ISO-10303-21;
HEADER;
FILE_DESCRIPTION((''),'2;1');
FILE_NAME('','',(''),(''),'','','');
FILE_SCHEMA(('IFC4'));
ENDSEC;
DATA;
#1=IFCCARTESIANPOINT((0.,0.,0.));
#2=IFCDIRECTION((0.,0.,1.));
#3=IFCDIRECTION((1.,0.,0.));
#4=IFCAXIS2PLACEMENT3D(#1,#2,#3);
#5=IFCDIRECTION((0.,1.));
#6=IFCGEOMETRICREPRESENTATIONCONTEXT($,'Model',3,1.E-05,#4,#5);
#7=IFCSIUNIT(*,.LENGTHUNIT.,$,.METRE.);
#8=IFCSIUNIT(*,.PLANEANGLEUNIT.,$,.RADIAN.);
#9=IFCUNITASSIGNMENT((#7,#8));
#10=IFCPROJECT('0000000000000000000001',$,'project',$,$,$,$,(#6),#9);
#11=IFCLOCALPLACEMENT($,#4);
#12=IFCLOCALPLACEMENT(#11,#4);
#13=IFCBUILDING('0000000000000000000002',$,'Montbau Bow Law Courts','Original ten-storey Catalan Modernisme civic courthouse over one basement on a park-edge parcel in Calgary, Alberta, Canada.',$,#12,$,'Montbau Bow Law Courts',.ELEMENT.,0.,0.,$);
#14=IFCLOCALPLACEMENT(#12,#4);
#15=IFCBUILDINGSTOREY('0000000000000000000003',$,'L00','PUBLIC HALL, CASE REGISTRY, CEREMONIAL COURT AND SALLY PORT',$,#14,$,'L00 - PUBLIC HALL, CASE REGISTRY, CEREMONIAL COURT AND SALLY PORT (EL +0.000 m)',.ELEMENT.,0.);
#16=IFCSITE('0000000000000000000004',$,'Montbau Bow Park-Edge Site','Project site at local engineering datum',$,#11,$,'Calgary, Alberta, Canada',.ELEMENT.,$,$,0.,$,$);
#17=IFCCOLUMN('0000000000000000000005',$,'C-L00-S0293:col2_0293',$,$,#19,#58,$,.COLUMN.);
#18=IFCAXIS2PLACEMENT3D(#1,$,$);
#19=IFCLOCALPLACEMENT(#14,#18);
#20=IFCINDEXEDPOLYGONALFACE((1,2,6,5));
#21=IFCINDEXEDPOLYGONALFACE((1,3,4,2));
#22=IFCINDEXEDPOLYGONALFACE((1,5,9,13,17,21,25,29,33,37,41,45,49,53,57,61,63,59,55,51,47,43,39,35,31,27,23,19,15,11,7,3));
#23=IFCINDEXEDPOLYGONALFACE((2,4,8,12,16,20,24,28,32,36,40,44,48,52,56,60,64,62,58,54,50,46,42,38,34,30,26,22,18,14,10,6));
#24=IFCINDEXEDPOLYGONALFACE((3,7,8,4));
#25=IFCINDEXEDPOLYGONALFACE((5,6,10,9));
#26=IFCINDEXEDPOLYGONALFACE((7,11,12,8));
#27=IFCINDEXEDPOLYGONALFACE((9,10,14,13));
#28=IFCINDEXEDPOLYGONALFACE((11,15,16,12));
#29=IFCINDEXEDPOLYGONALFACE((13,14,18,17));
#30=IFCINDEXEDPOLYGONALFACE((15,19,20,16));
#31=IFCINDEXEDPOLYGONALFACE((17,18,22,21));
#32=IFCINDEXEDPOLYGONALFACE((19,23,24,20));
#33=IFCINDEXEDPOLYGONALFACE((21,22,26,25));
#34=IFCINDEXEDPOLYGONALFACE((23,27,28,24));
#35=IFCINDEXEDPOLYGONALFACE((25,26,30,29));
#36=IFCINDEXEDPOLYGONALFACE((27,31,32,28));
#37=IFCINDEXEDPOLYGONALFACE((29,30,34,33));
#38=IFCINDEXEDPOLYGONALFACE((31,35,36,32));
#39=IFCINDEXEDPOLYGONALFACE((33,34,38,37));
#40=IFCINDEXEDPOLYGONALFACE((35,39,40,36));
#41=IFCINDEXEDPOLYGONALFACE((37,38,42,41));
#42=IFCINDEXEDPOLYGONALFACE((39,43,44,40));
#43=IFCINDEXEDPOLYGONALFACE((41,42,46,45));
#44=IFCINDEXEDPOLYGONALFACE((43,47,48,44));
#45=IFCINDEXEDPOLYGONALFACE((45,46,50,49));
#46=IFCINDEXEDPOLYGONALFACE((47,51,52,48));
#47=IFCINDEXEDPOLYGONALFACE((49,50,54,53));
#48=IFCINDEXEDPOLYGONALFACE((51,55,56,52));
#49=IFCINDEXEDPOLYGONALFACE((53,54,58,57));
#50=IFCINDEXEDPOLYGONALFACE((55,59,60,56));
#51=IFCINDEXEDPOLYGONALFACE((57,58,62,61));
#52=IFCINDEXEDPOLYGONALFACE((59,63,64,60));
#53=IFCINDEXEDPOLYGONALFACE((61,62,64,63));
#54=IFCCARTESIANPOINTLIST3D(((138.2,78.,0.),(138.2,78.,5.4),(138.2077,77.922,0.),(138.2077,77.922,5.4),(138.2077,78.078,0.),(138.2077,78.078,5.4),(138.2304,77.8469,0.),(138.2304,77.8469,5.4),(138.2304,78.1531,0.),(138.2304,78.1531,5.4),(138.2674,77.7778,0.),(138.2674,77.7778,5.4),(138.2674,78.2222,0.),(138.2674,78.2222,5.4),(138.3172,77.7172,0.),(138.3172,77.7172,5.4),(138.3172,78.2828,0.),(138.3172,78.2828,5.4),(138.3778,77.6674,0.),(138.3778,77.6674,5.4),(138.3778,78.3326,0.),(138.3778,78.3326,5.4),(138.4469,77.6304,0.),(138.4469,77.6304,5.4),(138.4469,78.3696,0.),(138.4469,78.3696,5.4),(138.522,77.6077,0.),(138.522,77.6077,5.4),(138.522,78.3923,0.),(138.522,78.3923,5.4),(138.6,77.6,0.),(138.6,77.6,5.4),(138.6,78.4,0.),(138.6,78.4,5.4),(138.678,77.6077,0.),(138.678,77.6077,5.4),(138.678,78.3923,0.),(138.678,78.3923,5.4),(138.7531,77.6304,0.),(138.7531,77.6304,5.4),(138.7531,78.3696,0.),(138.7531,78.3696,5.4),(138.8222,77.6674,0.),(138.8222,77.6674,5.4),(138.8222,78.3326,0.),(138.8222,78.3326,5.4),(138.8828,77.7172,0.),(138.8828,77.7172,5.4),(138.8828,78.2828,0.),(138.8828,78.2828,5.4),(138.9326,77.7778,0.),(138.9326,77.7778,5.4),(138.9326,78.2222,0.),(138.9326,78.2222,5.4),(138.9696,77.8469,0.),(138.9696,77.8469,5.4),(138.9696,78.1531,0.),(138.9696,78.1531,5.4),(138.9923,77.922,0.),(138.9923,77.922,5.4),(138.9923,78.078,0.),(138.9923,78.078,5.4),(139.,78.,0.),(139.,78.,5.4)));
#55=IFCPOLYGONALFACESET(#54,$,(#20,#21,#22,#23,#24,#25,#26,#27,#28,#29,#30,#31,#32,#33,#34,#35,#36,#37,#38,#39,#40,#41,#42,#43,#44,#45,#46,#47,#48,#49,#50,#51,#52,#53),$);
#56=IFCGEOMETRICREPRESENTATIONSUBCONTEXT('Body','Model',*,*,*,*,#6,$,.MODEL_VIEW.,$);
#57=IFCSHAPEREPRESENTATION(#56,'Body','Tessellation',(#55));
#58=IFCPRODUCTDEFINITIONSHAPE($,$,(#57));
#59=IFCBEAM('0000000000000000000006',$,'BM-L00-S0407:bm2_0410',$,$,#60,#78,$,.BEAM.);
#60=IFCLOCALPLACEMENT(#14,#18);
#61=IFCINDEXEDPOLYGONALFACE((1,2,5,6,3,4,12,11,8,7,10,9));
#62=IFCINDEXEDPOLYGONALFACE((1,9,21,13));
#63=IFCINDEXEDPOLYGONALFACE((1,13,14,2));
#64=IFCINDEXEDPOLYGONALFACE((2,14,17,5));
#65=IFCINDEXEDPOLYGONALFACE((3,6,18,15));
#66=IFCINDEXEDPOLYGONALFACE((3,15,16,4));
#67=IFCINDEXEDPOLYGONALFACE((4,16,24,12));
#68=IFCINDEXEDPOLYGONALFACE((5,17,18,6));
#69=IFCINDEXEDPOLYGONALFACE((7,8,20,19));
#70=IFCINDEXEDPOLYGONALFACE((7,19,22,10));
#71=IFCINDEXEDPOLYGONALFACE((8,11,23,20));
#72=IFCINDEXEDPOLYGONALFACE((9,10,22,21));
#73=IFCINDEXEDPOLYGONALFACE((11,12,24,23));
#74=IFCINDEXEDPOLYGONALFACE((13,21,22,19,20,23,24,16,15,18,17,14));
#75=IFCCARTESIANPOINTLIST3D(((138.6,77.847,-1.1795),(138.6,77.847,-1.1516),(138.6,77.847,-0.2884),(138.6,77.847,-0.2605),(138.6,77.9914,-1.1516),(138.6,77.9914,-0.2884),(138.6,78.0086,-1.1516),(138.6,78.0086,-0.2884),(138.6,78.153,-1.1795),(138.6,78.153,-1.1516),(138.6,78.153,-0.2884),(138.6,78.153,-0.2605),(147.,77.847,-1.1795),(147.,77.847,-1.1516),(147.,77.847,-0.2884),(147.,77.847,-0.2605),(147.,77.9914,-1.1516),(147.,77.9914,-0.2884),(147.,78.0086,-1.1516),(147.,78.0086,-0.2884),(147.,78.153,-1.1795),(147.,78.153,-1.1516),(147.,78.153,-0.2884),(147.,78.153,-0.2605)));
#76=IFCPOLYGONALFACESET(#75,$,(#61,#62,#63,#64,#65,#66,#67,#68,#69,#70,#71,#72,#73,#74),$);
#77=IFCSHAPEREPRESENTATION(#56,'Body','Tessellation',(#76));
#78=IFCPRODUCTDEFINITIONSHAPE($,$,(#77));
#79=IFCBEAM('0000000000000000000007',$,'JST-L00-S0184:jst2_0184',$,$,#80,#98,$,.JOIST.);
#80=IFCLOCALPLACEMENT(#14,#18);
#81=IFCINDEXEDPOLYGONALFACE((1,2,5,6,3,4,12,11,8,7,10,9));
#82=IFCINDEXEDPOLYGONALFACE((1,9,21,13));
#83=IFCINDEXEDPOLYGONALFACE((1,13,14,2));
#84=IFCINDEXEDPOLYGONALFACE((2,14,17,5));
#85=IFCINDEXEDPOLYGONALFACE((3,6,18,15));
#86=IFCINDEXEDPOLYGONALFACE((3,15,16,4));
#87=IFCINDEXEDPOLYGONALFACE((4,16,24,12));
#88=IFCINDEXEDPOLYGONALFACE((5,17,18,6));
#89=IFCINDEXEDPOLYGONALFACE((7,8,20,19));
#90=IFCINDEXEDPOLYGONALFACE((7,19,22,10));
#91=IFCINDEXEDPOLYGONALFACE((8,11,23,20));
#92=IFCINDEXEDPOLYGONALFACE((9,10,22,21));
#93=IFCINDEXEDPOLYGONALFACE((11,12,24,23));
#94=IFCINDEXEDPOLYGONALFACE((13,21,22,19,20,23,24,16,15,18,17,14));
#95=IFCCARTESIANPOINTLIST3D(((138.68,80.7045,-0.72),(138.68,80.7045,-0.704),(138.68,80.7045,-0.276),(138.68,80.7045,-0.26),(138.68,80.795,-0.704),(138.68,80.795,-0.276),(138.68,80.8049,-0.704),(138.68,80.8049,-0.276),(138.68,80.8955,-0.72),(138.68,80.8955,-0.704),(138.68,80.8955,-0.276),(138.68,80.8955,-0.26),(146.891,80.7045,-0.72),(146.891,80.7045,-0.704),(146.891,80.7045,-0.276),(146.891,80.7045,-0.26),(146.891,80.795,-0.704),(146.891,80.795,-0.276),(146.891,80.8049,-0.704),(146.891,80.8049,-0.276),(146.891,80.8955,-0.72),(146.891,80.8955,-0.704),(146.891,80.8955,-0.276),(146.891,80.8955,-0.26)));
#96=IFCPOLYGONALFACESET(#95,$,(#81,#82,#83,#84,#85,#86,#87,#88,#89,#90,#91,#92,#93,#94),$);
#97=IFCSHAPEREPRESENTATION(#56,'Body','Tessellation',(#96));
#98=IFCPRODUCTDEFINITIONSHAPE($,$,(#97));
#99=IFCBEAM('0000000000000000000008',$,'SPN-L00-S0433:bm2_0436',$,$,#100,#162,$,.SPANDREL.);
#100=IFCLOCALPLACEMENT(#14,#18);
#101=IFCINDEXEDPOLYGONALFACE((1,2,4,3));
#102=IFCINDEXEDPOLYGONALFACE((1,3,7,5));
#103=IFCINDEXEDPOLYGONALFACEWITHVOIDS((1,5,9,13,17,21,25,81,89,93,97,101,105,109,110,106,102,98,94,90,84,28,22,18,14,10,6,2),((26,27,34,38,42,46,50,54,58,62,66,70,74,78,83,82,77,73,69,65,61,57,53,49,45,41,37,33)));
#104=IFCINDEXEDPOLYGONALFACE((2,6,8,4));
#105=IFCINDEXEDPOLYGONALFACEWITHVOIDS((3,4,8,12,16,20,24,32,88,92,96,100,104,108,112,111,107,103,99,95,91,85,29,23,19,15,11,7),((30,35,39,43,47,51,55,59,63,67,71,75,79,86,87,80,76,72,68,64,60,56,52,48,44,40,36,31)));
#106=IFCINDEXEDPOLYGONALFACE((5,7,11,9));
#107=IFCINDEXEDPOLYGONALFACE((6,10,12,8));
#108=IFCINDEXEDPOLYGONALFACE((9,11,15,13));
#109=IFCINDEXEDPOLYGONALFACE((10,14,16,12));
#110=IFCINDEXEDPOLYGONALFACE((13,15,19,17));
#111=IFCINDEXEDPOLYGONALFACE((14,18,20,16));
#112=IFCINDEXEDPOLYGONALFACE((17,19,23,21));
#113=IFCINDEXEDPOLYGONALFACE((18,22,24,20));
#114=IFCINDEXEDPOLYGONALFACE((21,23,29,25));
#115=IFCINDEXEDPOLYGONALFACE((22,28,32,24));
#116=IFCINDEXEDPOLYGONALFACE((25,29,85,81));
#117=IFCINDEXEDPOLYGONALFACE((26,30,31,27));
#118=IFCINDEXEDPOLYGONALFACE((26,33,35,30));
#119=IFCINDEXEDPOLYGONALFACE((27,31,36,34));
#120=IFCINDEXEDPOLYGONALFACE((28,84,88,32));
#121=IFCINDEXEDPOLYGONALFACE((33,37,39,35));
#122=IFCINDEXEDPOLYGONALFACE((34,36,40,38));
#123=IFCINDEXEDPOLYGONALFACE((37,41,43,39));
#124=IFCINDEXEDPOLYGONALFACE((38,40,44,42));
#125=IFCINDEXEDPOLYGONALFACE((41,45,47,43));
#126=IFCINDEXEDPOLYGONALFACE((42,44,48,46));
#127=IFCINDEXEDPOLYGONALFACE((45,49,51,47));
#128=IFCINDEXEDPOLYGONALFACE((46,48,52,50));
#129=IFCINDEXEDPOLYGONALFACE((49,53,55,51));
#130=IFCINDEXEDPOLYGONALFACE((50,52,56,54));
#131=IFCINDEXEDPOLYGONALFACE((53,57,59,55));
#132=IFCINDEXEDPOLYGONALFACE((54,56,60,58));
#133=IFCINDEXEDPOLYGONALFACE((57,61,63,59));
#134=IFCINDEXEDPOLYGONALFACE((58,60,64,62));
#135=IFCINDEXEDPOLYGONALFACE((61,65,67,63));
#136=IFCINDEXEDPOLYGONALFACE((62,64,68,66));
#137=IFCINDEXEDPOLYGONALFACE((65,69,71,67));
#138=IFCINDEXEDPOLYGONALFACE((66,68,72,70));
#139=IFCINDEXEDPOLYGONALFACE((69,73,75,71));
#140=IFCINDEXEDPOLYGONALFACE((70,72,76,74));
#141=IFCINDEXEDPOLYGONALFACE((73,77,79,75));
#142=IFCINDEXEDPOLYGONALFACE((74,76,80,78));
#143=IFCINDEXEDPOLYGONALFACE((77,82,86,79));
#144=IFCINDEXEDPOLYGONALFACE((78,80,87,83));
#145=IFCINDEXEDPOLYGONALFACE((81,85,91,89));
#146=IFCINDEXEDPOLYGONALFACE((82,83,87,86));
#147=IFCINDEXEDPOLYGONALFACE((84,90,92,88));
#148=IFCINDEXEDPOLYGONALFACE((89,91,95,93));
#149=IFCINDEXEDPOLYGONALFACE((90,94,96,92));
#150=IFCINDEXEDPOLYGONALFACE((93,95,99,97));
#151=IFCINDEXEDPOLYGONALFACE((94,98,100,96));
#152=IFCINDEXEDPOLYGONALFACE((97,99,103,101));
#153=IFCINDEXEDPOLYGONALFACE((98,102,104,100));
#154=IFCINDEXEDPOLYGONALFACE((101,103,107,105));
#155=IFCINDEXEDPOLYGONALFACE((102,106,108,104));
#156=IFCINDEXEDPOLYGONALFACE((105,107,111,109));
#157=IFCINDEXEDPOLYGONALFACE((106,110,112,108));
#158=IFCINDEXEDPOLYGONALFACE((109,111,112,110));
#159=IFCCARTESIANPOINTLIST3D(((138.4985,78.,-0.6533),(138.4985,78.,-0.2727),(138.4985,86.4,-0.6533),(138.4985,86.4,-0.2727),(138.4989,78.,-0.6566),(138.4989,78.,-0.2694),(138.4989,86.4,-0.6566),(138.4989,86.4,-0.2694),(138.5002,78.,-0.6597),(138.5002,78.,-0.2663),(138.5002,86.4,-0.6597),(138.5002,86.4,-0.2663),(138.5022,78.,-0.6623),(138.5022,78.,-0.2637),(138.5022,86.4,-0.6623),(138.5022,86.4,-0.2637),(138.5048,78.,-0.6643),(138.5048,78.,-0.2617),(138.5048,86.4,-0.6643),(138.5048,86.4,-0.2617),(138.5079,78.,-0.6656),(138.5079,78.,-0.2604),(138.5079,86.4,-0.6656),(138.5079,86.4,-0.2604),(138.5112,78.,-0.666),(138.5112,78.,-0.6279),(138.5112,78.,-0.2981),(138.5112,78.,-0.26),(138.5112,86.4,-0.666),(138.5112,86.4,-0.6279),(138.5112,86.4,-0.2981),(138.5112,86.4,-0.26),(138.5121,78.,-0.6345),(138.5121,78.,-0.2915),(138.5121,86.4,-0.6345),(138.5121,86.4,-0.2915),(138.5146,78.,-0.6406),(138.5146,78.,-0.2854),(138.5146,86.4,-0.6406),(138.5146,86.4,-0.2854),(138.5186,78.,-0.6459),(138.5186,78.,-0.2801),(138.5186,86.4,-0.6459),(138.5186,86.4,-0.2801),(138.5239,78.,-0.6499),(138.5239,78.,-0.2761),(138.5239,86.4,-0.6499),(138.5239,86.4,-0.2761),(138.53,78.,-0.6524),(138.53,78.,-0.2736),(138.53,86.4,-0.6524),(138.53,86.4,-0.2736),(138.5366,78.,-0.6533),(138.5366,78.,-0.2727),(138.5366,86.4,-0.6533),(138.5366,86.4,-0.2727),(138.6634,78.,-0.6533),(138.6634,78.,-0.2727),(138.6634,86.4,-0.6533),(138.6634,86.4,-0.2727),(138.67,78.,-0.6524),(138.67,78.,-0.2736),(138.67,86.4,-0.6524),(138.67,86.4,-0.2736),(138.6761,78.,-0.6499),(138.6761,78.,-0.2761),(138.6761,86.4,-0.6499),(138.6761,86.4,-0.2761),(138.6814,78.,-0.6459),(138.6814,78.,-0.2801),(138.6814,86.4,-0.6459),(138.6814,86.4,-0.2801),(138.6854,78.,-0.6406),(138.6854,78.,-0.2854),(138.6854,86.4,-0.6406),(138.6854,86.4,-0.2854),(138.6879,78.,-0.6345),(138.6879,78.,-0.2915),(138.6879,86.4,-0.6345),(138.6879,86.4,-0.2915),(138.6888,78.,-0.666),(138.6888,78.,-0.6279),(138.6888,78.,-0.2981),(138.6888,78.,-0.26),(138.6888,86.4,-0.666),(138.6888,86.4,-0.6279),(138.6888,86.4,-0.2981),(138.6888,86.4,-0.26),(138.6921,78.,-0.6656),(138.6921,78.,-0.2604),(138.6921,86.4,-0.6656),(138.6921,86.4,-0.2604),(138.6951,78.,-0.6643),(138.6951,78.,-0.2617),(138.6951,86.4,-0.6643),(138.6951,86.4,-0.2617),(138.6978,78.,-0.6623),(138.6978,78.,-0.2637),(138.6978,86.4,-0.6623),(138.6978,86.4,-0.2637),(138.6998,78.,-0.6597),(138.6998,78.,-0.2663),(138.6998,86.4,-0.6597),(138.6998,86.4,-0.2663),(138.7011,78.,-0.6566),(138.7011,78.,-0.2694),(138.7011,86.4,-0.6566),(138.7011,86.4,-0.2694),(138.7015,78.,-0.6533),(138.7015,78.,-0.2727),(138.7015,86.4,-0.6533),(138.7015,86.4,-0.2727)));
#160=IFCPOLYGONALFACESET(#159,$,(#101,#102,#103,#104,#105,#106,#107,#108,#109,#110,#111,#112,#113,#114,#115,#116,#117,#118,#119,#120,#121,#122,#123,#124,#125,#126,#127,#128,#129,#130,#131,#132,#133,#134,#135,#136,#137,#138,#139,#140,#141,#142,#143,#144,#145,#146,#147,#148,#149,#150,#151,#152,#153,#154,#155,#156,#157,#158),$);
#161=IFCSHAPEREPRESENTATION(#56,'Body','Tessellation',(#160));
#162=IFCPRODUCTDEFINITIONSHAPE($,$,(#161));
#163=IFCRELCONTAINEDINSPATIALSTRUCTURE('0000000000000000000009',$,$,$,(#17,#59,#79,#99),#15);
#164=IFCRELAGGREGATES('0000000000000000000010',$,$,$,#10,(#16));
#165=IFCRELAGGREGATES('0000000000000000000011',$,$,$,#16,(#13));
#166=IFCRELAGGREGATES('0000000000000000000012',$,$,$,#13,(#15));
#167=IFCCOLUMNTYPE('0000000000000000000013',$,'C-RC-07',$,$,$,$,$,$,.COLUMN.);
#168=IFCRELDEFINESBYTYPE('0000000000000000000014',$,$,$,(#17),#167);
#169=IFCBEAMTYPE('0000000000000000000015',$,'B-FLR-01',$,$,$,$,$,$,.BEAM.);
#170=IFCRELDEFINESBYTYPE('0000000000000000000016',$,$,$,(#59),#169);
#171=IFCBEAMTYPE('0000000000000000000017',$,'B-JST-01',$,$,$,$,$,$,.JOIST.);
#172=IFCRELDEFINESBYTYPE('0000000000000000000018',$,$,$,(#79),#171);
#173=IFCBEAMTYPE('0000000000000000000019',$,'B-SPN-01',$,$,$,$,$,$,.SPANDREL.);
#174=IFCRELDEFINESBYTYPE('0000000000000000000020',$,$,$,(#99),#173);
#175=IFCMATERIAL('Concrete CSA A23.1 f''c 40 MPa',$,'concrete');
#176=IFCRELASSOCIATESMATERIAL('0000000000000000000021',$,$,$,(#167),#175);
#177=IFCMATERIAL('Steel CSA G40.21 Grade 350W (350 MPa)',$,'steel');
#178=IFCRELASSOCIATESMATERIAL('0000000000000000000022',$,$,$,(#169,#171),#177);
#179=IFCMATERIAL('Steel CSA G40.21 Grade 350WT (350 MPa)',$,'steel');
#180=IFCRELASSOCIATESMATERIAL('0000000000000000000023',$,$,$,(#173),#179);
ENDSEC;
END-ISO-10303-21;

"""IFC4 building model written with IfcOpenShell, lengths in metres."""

from ifc_helpers import new_model, si_unit, direction, frame, origin_with_axes, origin_2d_with_axis, place, context, subcontext, project, spatial, hollow_rectangle, circle, i_section, extrude, material, material_profile, profile_set, type_object, element, save


model = new_model("IFC4")

# Units and contexts
model_context = context("Model", 3, precision=1e-05, world=origin_with_axes(), true_north=direction((0.0, 1.0)))
body_context = subcontext(model_context, "Body", "Model", "MODEL_VIEW")
ifc_project = project(units=[si_unit("LENGTHUNIT", "METRE"), si_unit("PLANEANGLEUNIT", "RADIAN")], contexts=[model_context])

# Site, building, storey
site_placement = place(None, origin_with_axes())
site = spatial("IfcSite", under=ifc_project, at=site_placement, Name="Montbau Bow Park-Edge Site", Description="Project site at local engineering datum", LongName="Calgary, Alberta, Canada", CompositionType="ELEMENT", RefElevation=0.0)
building_placement = place(site_placement, origin_with_axes())
building = spatial("IfcBuilding", under=site, at=building_placement, Name="Montbau Bow Law Courts", Description="Original ten-storey Catalan Modernisme civic courthouse over one basement on a park-edge parcel in Calgary, Alberta, Canada.", LongName="Montbau Bow Law Courts", CompositionType="ELEMENT", ElevationOfRefHeight=0.0, ElevationOfTerrain=0.0)
storey_placement = place(building_placement, origin_with_axes())
storey = spatial("IfcBuildingStorey", under=building, at=storey_placement, Name="L00", Description="PUBLIC HALL, CASE REGISTRY, CEREMONIAL COURT AND SALLY PORT", LongName="L00 - PUBLIC HALL, CASE REGISTRY, CEREMONIAL COURT AND SALLY PORT (EL +0.000 m)", CompositionType="ELEMENT", Elevation=0.0)

# Column
ifc_material_1 = material(Name="Concrete CSA A23.1 f'c 40 MPa", Category="concrete")
ifc_material_profile_1 = material_profile(ifc_material_1, circle(Radius=0.4, at=origin_2d_with_axis()), Name="RC800D", Category="Main", Priority=0)
ifc_profile_set_1 = profile_set([ifc_material_profile_1], Name="Concrete CSA A23.1 f'c 40 MPa")
column_type = type_object("IfcColumnType", Name="C-RC-07", PredefinedType="COLUMN", material=ifc_profile_set_1)
column_placement = place(None, frame((138.6, 78.0, 0.0), z_axis=(0.0, 0.0, 1.0), x_axis=(1.0, 0.0, 0.0)))
element("IfcColumn", 1, at=column_placement, inside=storey, type_object=column_type, Name="C-L00-S0293:col2_0293", PredefinedType="COLUMN", context=body_context, shape_type="SweptSolid", body=[
    extrude(circle(Radius=0.4, at=origin_2d_with_axis()), origin_with_axes(), (0.0, 0.0, 1.0), 5.4),
])

# Beams
ifc_material_2 = material(Name="Steel CSA G40.21 Grade 350W (350 MPa)", Category="steel")
ifc_material_profile_2 = material_profile(ifc_material_2, i_section(OverallWidth=0.306, OverallDepth=0.919, WebThickness=0.0173, FlangeThickness=0.0279, at=origin_2d_with_axis()), Name="W920X253", Category="Main", Priority=0)
ifc_profile_set_2 = profile_set([ifc_material_profile_2], Name="Steel CSA G40.21 Grade 350W (350 MPa)")
beam_type_1 = type_object("IfcBeamType", Name="B-FLR-01", PredefinedType="BEAM", material=ifc_profile_set_2)
beam_1_placement = place(None, frame((138.6, 78.0, -0.72), z_axis=(1.0, 0.0, 0.0), x_axis=(0.0, 1.0, 0.0)))
element("IfcBeam", 2, at=beam_1_placement, inside=storey, type_object=beam_type_1, Name="BM-L00-S0407:bm2_0410", PredefinedType="BEAM", context=body_context, shape_type="SweptSolid", body=[
    extrude(i_section(OverallWidth=0.306, OverallDepth=0.919, WebThickness=0.0173, FlangeThickness=0.0279, at=origin_2d_with_axis()), origin_with_axes(), (0.0, 0.0, 1.0), 8.4),
])
ifc_material_profile_3 = material_profile(ifc_material_2, i_section(OverallWidth=0.191, OverallDepth=0.46, WebThickness=0.0099, FlangeThickness=0.016, at=origin_2d_with_axis()), Name="W460X82", Category="Main", Priority=0)
ifc_profile_set_3 = profile_set([ifc_material_profile_3], Name="Steel CSA G40.21 Grade 350W (350 MPa)")
beam_type_2 = type_object("IfcBeamType", Name="B-JST-01", PredefinedType="JOIST", material=ifc_profile_set_3)
beam_2_placement = place(None, frame((138.68, 80.8, -0.49), z_axis=(1.0, 0.0, 0.0), x_axis=(0.0, 1.0, 0.0)))
element("IfcBeam", 3, at=beam_2_placement, inside=storey, type_object=beam_type_2, Name="JST-L00-S0184:jst2_0184", PredefinedType="JOIST", context=body_context, shape_type="SweptSolid", body=[
    extrude(i_section(OverallWidth=0.191, OverallDepth=0.46, WebThickness=0.0099, FlangeThickness=0.016, at=origin_2d_with_axis()), origin_with_axes(), (0.0, 0.0, 1.0), 8.211),
])
ifc_material_3 = material(Name="Steel CSA G40.21 Grade 350WT (350 MPa)", Category="steel")
ifc_material_profile_4 = material_profile(ifc_material_3, hollow_rectangle(XDim=0.203, YDim=0.406, WallThickness=0.0127, InnerFilletRadius=0.0254, OuterFilletRadius=0.0127, at=origin_2d_with_axis()), Name="HSS406X203X13", Category="Main", Priority=0)
ifc_profile_set_4 = profile_set([ifc_material_profile_4], Name="Steel CSA G40.21 Grade 350WT (350 MPa)")
beam_type_3 = type_object("IfcBeamType", Name="B-SPN-01", PredefinedType="SPANDREL", material=ifc_profile_set_4)
beam_3_placement = place(None, frame((138.6, 78.0, -0.463), z_axis=(0.0, 1.0, 0.0), x_axis=(-1.0, 0.0, 0.0)))
element("IfcBeam", 4, at=beam_3_placement, inside=storey, type_object=beam_type_3, Name="SPN-L00-S0433:bm2_0436", PredefinedType="SPANDREL", context=body_context, shape_type="SweptSolid", body=[
    extrude(hollow_rectangle(XDim=0.203, YDim=0.406, WallThickness=0.0127, InnerFilletRadius=0.0254, OuterFilletRadius=0.0127, at=origin_2d_with_axis()), origin_with_axes(), (0.0, 0.0, 1.0), 8.4),
])

save(model, "model.ifc")
